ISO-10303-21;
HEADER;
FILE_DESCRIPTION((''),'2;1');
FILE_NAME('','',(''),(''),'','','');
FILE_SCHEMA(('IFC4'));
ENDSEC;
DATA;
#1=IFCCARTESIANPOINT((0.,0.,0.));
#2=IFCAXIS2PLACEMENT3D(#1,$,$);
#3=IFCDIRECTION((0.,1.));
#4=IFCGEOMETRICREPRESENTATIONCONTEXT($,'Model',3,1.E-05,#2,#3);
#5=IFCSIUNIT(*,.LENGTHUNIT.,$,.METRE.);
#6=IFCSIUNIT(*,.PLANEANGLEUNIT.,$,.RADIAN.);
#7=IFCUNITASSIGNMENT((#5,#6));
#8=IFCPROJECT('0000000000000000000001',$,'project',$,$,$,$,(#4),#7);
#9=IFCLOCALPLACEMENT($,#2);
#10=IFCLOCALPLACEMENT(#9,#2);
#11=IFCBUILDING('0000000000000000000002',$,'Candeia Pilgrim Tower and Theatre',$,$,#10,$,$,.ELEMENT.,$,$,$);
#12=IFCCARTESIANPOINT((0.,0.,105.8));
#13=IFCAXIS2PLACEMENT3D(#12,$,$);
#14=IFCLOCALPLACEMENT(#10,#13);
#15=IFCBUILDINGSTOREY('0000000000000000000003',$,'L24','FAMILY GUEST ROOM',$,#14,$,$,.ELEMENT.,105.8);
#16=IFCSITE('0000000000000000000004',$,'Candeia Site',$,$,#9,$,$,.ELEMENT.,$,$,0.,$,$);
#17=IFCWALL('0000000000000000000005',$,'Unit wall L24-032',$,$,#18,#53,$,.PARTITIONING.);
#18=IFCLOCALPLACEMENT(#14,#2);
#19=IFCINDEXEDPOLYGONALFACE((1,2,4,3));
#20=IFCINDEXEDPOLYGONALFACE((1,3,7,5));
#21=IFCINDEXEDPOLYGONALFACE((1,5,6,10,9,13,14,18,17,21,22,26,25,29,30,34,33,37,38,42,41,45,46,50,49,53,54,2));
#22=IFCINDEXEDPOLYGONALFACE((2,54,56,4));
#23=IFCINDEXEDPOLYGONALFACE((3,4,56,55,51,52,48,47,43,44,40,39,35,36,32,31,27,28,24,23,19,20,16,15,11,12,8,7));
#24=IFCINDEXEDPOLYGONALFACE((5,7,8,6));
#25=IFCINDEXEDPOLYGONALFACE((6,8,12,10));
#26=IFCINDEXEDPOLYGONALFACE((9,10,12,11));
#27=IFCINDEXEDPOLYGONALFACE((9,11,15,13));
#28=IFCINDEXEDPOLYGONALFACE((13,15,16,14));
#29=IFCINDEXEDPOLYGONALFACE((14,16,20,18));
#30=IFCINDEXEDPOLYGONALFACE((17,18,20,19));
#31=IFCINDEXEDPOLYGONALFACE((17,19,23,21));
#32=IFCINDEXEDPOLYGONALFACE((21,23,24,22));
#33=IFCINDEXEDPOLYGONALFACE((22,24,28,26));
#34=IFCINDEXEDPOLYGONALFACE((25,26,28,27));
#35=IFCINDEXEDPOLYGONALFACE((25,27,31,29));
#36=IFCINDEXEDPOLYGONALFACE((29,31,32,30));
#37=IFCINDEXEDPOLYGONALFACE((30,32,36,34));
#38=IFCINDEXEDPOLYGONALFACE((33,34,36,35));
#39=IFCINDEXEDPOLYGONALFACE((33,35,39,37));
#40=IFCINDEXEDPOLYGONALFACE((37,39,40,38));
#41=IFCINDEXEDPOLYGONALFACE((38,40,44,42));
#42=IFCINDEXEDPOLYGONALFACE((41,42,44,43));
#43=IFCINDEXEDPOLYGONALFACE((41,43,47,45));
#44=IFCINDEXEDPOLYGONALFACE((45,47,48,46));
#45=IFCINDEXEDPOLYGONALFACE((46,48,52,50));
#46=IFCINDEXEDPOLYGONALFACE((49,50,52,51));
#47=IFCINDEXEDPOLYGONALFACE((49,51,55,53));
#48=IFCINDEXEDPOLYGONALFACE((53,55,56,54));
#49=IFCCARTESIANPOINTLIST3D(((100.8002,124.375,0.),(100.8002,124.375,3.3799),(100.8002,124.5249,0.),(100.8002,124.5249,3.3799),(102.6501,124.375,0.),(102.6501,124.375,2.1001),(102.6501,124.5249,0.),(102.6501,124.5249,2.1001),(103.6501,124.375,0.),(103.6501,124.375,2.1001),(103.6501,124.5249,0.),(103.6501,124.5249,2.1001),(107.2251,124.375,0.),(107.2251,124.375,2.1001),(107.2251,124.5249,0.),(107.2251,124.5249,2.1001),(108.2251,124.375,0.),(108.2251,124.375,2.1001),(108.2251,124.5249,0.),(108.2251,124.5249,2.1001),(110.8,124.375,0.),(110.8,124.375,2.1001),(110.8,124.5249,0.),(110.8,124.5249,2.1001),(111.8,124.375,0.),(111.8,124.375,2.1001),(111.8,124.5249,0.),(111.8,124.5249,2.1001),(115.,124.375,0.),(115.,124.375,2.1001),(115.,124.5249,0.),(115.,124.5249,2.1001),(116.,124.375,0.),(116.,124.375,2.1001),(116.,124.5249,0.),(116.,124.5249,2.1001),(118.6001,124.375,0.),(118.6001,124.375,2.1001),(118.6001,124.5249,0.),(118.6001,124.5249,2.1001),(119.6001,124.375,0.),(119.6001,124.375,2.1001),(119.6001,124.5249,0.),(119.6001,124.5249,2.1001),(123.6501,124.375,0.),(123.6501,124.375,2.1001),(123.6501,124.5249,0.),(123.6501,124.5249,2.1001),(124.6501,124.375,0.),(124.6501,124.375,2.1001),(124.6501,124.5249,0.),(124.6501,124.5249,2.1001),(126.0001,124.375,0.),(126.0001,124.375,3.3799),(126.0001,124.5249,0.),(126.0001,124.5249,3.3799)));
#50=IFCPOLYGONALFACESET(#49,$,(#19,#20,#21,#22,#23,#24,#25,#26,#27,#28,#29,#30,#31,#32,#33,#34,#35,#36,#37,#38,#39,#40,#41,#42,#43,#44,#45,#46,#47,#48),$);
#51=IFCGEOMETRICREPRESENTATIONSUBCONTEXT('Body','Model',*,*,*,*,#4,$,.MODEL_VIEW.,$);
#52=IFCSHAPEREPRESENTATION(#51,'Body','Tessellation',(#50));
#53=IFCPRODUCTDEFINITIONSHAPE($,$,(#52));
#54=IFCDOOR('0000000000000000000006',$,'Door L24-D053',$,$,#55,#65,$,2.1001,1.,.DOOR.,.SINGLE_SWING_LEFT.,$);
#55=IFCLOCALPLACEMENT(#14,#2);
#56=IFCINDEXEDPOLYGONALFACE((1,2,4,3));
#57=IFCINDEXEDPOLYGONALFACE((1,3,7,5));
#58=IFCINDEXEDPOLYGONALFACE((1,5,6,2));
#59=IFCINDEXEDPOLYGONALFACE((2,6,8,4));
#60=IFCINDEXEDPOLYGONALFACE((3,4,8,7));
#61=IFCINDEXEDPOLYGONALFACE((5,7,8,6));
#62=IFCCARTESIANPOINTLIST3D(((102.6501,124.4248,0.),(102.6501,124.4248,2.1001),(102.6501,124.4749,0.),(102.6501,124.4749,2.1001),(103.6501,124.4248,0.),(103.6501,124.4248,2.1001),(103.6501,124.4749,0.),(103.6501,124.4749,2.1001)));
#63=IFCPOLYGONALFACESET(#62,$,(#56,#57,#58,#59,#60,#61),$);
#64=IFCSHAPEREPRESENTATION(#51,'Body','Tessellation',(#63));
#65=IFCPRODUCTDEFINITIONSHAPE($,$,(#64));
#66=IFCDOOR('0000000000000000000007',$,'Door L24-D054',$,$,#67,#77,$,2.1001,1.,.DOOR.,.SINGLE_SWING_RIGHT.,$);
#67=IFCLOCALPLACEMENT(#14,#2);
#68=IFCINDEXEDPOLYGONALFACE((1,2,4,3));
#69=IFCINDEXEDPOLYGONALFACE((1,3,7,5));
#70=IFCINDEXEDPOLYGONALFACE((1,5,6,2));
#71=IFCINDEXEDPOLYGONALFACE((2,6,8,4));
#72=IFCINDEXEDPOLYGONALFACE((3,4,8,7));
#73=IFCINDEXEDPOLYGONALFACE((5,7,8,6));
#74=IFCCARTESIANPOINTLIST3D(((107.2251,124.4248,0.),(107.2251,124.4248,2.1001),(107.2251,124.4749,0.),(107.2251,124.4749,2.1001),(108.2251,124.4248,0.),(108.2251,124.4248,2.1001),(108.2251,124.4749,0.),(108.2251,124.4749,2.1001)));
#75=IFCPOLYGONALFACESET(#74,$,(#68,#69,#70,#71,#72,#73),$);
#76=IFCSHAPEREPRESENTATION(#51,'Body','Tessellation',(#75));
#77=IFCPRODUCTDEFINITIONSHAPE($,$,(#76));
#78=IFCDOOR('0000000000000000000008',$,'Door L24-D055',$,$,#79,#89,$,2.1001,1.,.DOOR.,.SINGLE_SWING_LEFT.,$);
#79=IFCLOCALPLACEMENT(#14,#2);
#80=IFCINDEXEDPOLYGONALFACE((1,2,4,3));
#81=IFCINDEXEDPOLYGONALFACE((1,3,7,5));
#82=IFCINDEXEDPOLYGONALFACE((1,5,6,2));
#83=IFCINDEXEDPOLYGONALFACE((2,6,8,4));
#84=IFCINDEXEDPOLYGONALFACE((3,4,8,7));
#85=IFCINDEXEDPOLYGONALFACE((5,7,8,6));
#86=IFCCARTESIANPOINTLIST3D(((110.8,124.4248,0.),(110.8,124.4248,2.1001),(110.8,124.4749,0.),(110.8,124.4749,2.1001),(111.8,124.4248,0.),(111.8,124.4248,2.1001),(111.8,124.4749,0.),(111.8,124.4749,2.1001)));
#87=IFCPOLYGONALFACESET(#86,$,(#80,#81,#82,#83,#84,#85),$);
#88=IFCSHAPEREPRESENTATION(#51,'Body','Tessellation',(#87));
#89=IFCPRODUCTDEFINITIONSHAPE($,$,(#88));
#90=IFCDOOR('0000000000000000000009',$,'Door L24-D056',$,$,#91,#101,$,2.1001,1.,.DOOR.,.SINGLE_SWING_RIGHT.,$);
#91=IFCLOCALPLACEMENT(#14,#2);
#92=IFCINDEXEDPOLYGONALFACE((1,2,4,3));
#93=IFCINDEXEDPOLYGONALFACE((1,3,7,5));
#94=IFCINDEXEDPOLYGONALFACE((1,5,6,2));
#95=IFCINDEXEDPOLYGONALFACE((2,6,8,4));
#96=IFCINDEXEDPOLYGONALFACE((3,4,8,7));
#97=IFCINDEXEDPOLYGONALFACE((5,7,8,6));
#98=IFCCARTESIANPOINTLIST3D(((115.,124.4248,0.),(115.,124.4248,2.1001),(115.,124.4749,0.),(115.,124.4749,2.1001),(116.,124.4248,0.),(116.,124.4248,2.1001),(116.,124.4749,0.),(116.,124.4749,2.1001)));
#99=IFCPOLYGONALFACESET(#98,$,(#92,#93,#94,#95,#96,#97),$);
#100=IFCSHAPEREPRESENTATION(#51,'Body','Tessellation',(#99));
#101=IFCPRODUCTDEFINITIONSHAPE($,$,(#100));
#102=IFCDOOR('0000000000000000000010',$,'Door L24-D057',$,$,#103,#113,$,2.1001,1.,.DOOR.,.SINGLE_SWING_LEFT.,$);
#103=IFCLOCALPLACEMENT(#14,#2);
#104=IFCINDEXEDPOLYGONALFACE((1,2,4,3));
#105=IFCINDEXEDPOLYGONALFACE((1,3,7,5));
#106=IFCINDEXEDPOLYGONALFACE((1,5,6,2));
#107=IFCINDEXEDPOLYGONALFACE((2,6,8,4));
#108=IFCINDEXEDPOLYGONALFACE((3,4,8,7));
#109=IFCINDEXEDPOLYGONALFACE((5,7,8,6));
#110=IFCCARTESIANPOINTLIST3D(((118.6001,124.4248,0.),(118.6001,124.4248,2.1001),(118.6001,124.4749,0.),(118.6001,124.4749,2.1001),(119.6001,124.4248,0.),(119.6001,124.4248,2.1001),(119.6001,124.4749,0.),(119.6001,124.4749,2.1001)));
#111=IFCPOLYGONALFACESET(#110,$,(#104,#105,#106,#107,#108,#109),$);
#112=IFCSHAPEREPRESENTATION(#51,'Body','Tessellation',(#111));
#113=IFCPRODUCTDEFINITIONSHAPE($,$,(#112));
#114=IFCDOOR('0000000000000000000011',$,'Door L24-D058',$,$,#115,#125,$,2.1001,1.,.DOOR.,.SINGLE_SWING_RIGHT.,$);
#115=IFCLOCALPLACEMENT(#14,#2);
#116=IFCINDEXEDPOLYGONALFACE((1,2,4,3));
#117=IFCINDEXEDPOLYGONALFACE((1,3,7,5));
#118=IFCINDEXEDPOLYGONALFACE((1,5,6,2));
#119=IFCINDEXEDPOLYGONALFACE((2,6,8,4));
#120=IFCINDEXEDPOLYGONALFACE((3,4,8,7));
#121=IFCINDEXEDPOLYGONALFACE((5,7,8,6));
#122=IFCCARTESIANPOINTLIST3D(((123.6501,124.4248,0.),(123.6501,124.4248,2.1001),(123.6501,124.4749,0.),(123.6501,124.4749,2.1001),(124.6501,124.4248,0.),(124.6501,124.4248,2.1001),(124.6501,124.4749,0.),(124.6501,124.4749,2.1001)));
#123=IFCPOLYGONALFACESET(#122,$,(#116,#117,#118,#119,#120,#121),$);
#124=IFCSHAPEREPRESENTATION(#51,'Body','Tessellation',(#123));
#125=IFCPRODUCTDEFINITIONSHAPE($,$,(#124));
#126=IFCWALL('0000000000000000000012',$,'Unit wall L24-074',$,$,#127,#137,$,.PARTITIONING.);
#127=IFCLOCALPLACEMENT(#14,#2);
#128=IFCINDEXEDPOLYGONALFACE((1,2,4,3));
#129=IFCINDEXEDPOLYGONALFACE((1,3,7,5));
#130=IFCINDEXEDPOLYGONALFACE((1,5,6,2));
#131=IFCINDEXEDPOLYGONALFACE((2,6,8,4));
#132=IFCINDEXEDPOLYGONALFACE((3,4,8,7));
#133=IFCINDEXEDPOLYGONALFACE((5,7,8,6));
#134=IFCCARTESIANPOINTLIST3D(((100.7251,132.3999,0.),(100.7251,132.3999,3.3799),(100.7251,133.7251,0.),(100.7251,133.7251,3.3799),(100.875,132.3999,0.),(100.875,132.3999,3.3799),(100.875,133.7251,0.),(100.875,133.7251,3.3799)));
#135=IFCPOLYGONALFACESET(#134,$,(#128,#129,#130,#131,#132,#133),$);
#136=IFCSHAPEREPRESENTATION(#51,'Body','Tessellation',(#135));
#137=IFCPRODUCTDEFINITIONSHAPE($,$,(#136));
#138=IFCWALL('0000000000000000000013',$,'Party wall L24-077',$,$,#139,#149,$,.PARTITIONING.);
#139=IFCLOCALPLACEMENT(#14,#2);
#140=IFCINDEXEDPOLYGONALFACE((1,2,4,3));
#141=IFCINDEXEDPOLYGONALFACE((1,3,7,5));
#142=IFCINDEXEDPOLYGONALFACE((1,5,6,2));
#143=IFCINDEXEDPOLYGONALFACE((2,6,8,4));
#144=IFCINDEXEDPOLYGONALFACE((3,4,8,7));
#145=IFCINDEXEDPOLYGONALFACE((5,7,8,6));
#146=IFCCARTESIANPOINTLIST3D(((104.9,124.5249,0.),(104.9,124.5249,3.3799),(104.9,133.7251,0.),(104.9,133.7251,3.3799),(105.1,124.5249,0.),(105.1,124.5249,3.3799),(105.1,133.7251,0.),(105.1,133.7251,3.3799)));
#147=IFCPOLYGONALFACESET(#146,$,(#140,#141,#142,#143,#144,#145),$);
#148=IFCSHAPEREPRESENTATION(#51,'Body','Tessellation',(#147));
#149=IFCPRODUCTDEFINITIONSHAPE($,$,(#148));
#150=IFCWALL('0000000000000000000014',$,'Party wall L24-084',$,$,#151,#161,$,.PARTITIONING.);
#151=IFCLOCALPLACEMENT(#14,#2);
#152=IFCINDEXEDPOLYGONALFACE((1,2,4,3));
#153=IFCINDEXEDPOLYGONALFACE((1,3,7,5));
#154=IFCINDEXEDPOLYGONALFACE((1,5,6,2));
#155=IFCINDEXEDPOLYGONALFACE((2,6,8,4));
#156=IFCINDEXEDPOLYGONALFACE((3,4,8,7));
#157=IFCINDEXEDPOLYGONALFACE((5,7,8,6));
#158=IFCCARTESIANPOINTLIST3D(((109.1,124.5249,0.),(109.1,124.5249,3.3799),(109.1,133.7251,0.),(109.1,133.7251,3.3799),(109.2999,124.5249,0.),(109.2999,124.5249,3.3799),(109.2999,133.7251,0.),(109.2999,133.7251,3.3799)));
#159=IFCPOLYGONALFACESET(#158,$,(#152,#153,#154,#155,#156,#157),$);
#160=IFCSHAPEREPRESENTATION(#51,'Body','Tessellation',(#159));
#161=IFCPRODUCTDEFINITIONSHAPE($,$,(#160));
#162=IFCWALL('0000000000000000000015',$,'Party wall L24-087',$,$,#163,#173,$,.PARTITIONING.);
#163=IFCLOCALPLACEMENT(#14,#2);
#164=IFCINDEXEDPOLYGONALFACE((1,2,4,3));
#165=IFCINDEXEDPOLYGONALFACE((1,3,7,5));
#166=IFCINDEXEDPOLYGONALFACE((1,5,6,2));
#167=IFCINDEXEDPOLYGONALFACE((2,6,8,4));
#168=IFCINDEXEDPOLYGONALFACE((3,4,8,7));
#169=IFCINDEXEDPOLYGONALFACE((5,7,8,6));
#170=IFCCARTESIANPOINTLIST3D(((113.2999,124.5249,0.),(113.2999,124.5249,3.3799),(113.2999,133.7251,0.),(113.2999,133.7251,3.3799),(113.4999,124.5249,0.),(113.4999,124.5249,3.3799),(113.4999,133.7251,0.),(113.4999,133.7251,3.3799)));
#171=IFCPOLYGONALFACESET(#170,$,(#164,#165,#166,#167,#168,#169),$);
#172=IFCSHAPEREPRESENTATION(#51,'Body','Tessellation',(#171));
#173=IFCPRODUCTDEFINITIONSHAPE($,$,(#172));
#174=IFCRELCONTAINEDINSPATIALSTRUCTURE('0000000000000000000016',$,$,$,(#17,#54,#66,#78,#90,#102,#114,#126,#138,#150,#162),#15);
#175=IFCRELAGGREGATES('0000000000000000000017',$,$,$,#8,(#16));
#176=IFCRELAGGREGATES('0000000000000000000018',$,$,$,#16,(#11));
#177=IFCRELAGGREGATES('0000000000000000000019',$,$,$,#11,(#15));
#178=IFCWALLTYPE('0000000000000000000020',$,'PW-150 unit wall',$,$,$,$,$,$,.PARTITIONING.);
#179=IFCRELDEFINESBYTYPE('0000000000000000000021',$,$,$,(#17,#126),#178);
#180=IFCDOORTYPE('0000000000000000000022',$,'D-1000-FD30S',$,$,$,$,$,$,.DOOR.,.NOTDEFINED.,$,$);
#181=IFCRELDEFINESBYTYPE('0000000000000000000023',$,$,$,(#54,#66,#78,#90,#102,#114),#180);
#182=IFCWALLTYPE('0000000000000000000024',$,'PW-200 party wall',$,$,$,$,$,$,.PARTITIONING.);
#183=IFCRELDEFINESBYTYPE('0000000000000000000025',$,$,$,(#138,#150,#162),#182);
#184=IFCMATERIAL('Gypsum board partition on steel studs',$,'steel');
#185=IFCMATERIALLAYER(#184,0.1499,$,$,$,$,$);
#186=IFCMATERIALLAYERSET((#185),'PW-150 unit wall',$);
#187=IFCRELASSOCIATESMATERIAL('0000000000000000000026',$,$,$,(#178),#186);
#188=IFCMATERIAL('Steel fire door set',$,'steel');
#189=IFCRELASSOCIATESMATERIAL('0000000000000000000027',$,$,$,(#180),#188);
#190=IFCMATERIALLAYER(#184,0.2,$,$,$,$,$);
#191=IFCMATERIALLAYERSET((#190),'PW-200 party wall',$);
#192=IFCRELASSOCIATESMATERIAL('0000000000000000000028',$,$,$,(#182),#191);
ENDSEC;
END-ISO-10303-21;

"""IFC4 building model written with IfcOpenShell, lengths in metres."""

from ifc_helpers import new_model, si_unit, direction, frame, frame_2d, origin, place, context, subcontext, project, spatial, rectangle, extrude, material, layer, layer_set, type_object, element, fill, save


model = new_model("IFC4")

# Units and contexts
model_context = context("Model", 3, precision=1e-05, world=origin(), true_north=direction((0.0, 1.0)))
body_context = subcontext(model_context, "Body", "Model", "MODEL_VIEW")
ifc_project = project(units=[si_unit("LENGTHUNIT", "METRE"), si_unit("PLANEANGLEUNIT", "RADIAN")], contexts=[model_context])

# Site, building, storey
site_placement = place(None, origin())
site = spatial("IfcSite", under=ifc_project, at=site_placement, Name="Candeia Site", CompositionType="ELEMENT", RefElevation=0.0)
building_placement = place(site_placement, origin())
building = spatial("IfcBuilding", under=site, at=building_placement, Name="Candeia Pilgrim Tower and Theatre", CompositionType="ELEMENT")
storey_placement = place(building_placement, frame((0.0, 0.0, 105.8)))
storey = spatial("IfcBuildingStorey", under=building, at=storey_placement, Name="L24", Description="FAMILY GUEST ROOM", CompositionType="ELEMENT", Elevation=105.8)

# Shared definitions
ifc_material_1 = material(Name="Steel fire door set", Category="steel")

# Shared definitions
ifc_material_2 = material(Name="Gypsum board partition on steel studs", Category="steel")
ifc_layer_1 = layer(ifc_material_2, 0.1499)
ifc_layer_set_1 = layer_set([ifc_layer_1], Name="PW-150 unit wall")
wall_type_1 = type_object("IfcWallType", Name="PW-150 unit wall", PredefinedType="PARTITIONING", material=ifc_layer_set_1)

# Wall, openings, doors
wall_1_placement = place(storey_placement, frame((100.8, 124.45, 0.0), z_axis=(0.0, 0.0, 1.0), x_axis=(1.0, 0.0, 0.0)))
wall_1 = element("IfcWall", 1, at=wall_1_placement, inside=storey, type_object=wall_type_1, Name="Unit wall L24-032", PredefinedType="PARTITIONING", context=body_context, shape_type="SweptSolid", body=[
    extrude(rectangle(XDim=25.2, YDim=0.1499, at=frame_2d((12.6001, 0.0))), origin(), (0.0, 0.0, 1.0), 3.3799),
])
opening_1_placement = place(wall_1_placement, frame((1.8501, 0.0, 0.0)))
opening_1 = element("IfcOpeningElement", 2, at=opening_1_placement, cuts=wall_1, PredefinedType="OPENING", context=body_context, shape_type="SweptSolid", body=[
    extrude(rectangle(XDim=1.0, YDim=2.1001, at=frame_2d((0.5, 1.05))), frame((0.0, 0.085, 0.0), z_axis=(0.0, -1.0, 0.0), x_axis=(1.0, 0.0, 0.0)), (0.0, 0.0, 1.0), 0.1699),
])
opening_2_placement = place(wall_1_placement, frame((6.425, 0.0, 0.0)))
opening_2 = element("IfcOpeningElement", 3, at=opening_2_placement, cuts=wall_1, PredefinedType="OPENING", context=body_context, shape_type="SweptSolid", body=[
    extrude(rectangle(XDim=1.0, YDim=2.1001, at=frame_2d((0.5, 1.05))), frame((0.0, 0.085, 0.0), z_axis=(0.0, -1.0, 0.0), x_axis=(1.0, 0.0, 0.0)), (0.0, 0.0, 1.0), 0.1699),
])
opening_3_placement = place(wall_1_placement, frame((10.0, 0.0, 0.0)))
opening_3 = element("IfcOpeningElement", 4, at=opening_3_placement, cuts=wall_1, PredefinedType="OPENING", context=body_context, shape_type="SweptSolid", body=[
    extrude(rectangle(XDim=1.0, YDim=2.1001, at=frame_2d((0.5, 1.05))), frame((0.0, 0.085, 0.0), z_axis=(0.0, -1.0, 0.0), x_axis=(1.0, 0.0, 0.0)), (0.0, 0.0, 1.0), 0.1699),
])
opening_4_placement = place(wall_1_placement, frame((14.2, 0.0, 0.0)))
opening_4 = element("IfcOpeningElement", 5, at=opening_4_placement, cuts=wall_1, PredefinedType="OPENING", context=body_context, shape_type="SweptSolid", body=[
    extrude(rectangle(XDim=1.0, YDim=2.1001, at=frame_2d((0.5, 1.05))), frame((0.0, 0.085, 0.0), z_axis=(0.0, -1.0, 0.0), x_axis=(1.0, 0.0, 0.0)), (0.0, 0.0, 1.0), 0.1699),
])
opening_5_placement = place(wall_1_placement, frame((17.8, 0.0, 0.0)))
opening_5 = element("IfcOpeningElement", 6, at=opening_5_placement, cuts=wall_1, PredefinedType="OPENING", context=body_context, shape_type="SweptSolid", body=[
    extrude(rectangle(XDim=1.0, YDim=2.1001, at=frame_2d((0.5, 1.05))), frame((0.0, 0.085, 0.0), z_axis=(0.0, -1.0, 0.0), x_axis=(1.0, 0.0, 0.0)), (0.0, 0.0, 1.0), 0.1699),
])
opening_6_placement = place(wall_1_placement, frame((22.8501, 0.0, 0.0)))
opening_6 = element("IfcOpeningElement", 7, at=opening_6_placement, cuts=wall_1, PredefinedType="OPENING", context=body_context, shape_type="SweptSolid", body=[
    extrude(rectangle(XDim=1.0, YDim=2.1001, at=frame_2d((0.5, 1.05))), frame((0.0, 0.085, 0.0), z_axis=(0.0, -1.0, 0.0), x_axis=(1.0, 0.0, 0.0)), (0.0, 0.0, 1.0), 0.1699),
])
door_type_1 = type_object("IfcDoorType", Name="D-1000-FD30S", OperationType="NOTDEFINED", PredefinedType="DOOR", material=ifc_material_1)
door_1_placement = place(opening_1_placement, origin())
door_1 = element("IfcDoor", 8, at=door_1_placement, inside=storey, type_object=door_type_1, Name="Door L24-D053", OperationType="SINGLE_SWING_LEFT", OverallHeight=2.1001, OverallWidth=1.0, PredefinedType="DOOR", context=body_context, shape_type="SweptSolid", body=[
    extrude(rectangle(XDim=1.0, YDim=2.1001, at=frame_2d((0.5, 1.05))), frame((0.0, 0.0249, 0.0), z_axis=(0.0, -1.0, 0.0), x_axis=(1.0, 0.0, 0.0)), (0.0, 0.0, 1.0), 0.05),
])
fill(opening_1, door_1)
door_2_placement = place(opening_2_placement, origin())
door_2 = element("IfcDoor", 9, at=door_2_placement, inside=storey, type_object=door_type_1, Name="Door L24-D054", OperationType="SINGLE_SWING_RIGHT", OverallHeight=2.1001, OverallWidth=1.0, PredefinedType="DOOR", context=body_context, shape_type="SweptSolid", body=[
    extrude(rectangle(XDim=1.0, YDim=2.1001, at=frame_2d((0.5, 1.05))), frame((0.0, 0.0249, 0.0), z_axis=(0.0, -1.0, 0.0), x_axis=(1.0, 0.0, 0.0)), (0.0, 0.0, 1.0), 0.05),
])
fill(opening_2, door_2)
door_3_placement = place(opening_3_placement, origin())
door_3 = element("IfcDoor", 10, at=door_3_placement, inside=storey, type_object=door_type_1, Name="Door L24-D055", OperationType="SINGLE_SWING_LEFT", OverallHeight=2.1001, OverallWidth=1.0, PredefinedType="DOOR", context=body_context, shape_type="SweptSolid", body=[
    extrude(rectangle(XDim=1.0, YDim=2.1001, at=frame_2d((0.5, 1.05))), frame((0.0, 0.0249, 0.0), z_axis=(0.0, -1.0, 0.0), x_axis=(1.0, 0.0, 0.0)), (0.0, 0.0, 1.0), 0.05),
])
fill(opening_3, door_3)
door_4_placement = place(opening_4_placement, origin())
door_4 = element("IfcDoor", 11, at=door_4_placement, inside=storey, type_object=door_type_1, Name="Door L24-D056", OperationType="SINGLE_SWING_RIGHT", OverallHeight=2.1001, OverallWidth=1.0, PredefinedType="DOOR", context=body_context, shape_type="SweptSolid", body=[
    extrude(rectangle(XDim=1.0, YDim=2.1001, at=frame_2d((0.5, 1.05))), frame((0.0, 0.0249, 0.0), z_axis=(0.0, -1.0, 0.0), x_axis=(1.0, 0.0, 0.0)), (0.0, 0.0, 1.0), 0.05),
])
fill(opening_4, door_4)
door_5_placement = place(opening_5_placement, origin())
door_5 = element("IfcDoor", 12, at=door_5_placement, inside=storey, type_object=door_type_1, Name="Door L24-D057", OperationType="SINGLE_SWING_LEFT", OverallHeight=2.1001, OverallWidth=1.0, PredefinedType="DOOR", context=body_context, shape_type="SweptSolid", body=[
    extrude(rectangle(XDim=1.0, YDim=2.1001, at=frame_2d((0.5, 1.05))), frame((0.0, 0.0249, 0.0), z_axis=(0.0, -1.0, 0.0), x_axis=(1.0, 0.0, 0.0)), (0.0, 0.0, 1.0), 0.05),
])
fill(opening_5, door_5)
door_6_placement = place(opening_6_placement, origin())
door_6 = element("IfcDoor", 13, at=door_6_placement, inside=storey, type_object=door_type_1, Name="Door L24-D058", OperationType="SINGLE_SWING_RIGHT", OverallHeight=2.1001, OverallWidth=1.0, PredefinedType="DOOR", context=body_context, shape_type="SweptSolid", body=[
    extrude(rectangle(XDim=1.0, YDim=2.1001, at=frame_2d((0.5, 1.05))), frame((0.0, 0.0249, 0.0), z_axis=(0.0, -1.0, 0.0), x_axis=(1.0, 0.0, 0.0)), (0.0, 0.0, 1.0), 0.05),
])
fill(opening_6, door_6)

# Walls
wall_2_placement = place(storey_placement, frame((100.8, 132.3999, 0.0), z_axis=(0.0, 0.0, 1.0), x_axis=(0.0, 1.0, 0.0)))
element("IfcWall", 14, at=wall_2_placement, inside=storey, type_object=wall_type_1, Name="Unit wall L24-074", PredefinedType="PARTITIONING", context=body_context, shape_type="SweptSolid", body=[
    extrude(rectangle(XDim=1.3252, YDim=0.1499, at=frame_2d((0.6626, 0.0))), origin(), (0.0, 0.0, 1.0), 3.3799),
])
ifc_layer_2 = layer(ifc_material_2, 0.2)
ifc_layer_set_2 = layer_set([ifc_layer_2], Name="PW-200 party wall")
wall_type_2 = type_object("IfcWallType", Name="PW-200 party wall", PredefinedType="PARTITIONING", material=ifc_layer_set_2)
for number, where, z_axis, x_axis, name in (
    (15, (105.0, 124.5249, 0.0), (0.0, 0.0, 1.0), (0.0, 1.0, 0.0), "Party wall L24-077"),
    (16, (109.2, 124.5249, 0.0), (0.0, 0.0, 1.0), (0.0, 1.0, 0.0), "Party wall L24-084"),
    (17, (113.3999, 124.5249, 0.0), (0.0, 0.0, 1.0), (0.0, 1.0, 0.0), "Party wall L24-087"),
):
    element("IfcWall", number, at=place(storey_placement, frame(where, z_axis=z_axis, x_axis=x_axis)), inside=storey, type_object=wall_type_2, Name=name, PredefinedType="PARTITIONING", context=body_context, shape_type="SweptSolid", body=[
        extrude(rectangle(XDim=9.2002, YDim=0.2, at=frame_2d((4.6001, 0.0))), origin(), (0.0, 0.0, 1.0), 3.3799),
    ])

save(model, "model.ifc")
